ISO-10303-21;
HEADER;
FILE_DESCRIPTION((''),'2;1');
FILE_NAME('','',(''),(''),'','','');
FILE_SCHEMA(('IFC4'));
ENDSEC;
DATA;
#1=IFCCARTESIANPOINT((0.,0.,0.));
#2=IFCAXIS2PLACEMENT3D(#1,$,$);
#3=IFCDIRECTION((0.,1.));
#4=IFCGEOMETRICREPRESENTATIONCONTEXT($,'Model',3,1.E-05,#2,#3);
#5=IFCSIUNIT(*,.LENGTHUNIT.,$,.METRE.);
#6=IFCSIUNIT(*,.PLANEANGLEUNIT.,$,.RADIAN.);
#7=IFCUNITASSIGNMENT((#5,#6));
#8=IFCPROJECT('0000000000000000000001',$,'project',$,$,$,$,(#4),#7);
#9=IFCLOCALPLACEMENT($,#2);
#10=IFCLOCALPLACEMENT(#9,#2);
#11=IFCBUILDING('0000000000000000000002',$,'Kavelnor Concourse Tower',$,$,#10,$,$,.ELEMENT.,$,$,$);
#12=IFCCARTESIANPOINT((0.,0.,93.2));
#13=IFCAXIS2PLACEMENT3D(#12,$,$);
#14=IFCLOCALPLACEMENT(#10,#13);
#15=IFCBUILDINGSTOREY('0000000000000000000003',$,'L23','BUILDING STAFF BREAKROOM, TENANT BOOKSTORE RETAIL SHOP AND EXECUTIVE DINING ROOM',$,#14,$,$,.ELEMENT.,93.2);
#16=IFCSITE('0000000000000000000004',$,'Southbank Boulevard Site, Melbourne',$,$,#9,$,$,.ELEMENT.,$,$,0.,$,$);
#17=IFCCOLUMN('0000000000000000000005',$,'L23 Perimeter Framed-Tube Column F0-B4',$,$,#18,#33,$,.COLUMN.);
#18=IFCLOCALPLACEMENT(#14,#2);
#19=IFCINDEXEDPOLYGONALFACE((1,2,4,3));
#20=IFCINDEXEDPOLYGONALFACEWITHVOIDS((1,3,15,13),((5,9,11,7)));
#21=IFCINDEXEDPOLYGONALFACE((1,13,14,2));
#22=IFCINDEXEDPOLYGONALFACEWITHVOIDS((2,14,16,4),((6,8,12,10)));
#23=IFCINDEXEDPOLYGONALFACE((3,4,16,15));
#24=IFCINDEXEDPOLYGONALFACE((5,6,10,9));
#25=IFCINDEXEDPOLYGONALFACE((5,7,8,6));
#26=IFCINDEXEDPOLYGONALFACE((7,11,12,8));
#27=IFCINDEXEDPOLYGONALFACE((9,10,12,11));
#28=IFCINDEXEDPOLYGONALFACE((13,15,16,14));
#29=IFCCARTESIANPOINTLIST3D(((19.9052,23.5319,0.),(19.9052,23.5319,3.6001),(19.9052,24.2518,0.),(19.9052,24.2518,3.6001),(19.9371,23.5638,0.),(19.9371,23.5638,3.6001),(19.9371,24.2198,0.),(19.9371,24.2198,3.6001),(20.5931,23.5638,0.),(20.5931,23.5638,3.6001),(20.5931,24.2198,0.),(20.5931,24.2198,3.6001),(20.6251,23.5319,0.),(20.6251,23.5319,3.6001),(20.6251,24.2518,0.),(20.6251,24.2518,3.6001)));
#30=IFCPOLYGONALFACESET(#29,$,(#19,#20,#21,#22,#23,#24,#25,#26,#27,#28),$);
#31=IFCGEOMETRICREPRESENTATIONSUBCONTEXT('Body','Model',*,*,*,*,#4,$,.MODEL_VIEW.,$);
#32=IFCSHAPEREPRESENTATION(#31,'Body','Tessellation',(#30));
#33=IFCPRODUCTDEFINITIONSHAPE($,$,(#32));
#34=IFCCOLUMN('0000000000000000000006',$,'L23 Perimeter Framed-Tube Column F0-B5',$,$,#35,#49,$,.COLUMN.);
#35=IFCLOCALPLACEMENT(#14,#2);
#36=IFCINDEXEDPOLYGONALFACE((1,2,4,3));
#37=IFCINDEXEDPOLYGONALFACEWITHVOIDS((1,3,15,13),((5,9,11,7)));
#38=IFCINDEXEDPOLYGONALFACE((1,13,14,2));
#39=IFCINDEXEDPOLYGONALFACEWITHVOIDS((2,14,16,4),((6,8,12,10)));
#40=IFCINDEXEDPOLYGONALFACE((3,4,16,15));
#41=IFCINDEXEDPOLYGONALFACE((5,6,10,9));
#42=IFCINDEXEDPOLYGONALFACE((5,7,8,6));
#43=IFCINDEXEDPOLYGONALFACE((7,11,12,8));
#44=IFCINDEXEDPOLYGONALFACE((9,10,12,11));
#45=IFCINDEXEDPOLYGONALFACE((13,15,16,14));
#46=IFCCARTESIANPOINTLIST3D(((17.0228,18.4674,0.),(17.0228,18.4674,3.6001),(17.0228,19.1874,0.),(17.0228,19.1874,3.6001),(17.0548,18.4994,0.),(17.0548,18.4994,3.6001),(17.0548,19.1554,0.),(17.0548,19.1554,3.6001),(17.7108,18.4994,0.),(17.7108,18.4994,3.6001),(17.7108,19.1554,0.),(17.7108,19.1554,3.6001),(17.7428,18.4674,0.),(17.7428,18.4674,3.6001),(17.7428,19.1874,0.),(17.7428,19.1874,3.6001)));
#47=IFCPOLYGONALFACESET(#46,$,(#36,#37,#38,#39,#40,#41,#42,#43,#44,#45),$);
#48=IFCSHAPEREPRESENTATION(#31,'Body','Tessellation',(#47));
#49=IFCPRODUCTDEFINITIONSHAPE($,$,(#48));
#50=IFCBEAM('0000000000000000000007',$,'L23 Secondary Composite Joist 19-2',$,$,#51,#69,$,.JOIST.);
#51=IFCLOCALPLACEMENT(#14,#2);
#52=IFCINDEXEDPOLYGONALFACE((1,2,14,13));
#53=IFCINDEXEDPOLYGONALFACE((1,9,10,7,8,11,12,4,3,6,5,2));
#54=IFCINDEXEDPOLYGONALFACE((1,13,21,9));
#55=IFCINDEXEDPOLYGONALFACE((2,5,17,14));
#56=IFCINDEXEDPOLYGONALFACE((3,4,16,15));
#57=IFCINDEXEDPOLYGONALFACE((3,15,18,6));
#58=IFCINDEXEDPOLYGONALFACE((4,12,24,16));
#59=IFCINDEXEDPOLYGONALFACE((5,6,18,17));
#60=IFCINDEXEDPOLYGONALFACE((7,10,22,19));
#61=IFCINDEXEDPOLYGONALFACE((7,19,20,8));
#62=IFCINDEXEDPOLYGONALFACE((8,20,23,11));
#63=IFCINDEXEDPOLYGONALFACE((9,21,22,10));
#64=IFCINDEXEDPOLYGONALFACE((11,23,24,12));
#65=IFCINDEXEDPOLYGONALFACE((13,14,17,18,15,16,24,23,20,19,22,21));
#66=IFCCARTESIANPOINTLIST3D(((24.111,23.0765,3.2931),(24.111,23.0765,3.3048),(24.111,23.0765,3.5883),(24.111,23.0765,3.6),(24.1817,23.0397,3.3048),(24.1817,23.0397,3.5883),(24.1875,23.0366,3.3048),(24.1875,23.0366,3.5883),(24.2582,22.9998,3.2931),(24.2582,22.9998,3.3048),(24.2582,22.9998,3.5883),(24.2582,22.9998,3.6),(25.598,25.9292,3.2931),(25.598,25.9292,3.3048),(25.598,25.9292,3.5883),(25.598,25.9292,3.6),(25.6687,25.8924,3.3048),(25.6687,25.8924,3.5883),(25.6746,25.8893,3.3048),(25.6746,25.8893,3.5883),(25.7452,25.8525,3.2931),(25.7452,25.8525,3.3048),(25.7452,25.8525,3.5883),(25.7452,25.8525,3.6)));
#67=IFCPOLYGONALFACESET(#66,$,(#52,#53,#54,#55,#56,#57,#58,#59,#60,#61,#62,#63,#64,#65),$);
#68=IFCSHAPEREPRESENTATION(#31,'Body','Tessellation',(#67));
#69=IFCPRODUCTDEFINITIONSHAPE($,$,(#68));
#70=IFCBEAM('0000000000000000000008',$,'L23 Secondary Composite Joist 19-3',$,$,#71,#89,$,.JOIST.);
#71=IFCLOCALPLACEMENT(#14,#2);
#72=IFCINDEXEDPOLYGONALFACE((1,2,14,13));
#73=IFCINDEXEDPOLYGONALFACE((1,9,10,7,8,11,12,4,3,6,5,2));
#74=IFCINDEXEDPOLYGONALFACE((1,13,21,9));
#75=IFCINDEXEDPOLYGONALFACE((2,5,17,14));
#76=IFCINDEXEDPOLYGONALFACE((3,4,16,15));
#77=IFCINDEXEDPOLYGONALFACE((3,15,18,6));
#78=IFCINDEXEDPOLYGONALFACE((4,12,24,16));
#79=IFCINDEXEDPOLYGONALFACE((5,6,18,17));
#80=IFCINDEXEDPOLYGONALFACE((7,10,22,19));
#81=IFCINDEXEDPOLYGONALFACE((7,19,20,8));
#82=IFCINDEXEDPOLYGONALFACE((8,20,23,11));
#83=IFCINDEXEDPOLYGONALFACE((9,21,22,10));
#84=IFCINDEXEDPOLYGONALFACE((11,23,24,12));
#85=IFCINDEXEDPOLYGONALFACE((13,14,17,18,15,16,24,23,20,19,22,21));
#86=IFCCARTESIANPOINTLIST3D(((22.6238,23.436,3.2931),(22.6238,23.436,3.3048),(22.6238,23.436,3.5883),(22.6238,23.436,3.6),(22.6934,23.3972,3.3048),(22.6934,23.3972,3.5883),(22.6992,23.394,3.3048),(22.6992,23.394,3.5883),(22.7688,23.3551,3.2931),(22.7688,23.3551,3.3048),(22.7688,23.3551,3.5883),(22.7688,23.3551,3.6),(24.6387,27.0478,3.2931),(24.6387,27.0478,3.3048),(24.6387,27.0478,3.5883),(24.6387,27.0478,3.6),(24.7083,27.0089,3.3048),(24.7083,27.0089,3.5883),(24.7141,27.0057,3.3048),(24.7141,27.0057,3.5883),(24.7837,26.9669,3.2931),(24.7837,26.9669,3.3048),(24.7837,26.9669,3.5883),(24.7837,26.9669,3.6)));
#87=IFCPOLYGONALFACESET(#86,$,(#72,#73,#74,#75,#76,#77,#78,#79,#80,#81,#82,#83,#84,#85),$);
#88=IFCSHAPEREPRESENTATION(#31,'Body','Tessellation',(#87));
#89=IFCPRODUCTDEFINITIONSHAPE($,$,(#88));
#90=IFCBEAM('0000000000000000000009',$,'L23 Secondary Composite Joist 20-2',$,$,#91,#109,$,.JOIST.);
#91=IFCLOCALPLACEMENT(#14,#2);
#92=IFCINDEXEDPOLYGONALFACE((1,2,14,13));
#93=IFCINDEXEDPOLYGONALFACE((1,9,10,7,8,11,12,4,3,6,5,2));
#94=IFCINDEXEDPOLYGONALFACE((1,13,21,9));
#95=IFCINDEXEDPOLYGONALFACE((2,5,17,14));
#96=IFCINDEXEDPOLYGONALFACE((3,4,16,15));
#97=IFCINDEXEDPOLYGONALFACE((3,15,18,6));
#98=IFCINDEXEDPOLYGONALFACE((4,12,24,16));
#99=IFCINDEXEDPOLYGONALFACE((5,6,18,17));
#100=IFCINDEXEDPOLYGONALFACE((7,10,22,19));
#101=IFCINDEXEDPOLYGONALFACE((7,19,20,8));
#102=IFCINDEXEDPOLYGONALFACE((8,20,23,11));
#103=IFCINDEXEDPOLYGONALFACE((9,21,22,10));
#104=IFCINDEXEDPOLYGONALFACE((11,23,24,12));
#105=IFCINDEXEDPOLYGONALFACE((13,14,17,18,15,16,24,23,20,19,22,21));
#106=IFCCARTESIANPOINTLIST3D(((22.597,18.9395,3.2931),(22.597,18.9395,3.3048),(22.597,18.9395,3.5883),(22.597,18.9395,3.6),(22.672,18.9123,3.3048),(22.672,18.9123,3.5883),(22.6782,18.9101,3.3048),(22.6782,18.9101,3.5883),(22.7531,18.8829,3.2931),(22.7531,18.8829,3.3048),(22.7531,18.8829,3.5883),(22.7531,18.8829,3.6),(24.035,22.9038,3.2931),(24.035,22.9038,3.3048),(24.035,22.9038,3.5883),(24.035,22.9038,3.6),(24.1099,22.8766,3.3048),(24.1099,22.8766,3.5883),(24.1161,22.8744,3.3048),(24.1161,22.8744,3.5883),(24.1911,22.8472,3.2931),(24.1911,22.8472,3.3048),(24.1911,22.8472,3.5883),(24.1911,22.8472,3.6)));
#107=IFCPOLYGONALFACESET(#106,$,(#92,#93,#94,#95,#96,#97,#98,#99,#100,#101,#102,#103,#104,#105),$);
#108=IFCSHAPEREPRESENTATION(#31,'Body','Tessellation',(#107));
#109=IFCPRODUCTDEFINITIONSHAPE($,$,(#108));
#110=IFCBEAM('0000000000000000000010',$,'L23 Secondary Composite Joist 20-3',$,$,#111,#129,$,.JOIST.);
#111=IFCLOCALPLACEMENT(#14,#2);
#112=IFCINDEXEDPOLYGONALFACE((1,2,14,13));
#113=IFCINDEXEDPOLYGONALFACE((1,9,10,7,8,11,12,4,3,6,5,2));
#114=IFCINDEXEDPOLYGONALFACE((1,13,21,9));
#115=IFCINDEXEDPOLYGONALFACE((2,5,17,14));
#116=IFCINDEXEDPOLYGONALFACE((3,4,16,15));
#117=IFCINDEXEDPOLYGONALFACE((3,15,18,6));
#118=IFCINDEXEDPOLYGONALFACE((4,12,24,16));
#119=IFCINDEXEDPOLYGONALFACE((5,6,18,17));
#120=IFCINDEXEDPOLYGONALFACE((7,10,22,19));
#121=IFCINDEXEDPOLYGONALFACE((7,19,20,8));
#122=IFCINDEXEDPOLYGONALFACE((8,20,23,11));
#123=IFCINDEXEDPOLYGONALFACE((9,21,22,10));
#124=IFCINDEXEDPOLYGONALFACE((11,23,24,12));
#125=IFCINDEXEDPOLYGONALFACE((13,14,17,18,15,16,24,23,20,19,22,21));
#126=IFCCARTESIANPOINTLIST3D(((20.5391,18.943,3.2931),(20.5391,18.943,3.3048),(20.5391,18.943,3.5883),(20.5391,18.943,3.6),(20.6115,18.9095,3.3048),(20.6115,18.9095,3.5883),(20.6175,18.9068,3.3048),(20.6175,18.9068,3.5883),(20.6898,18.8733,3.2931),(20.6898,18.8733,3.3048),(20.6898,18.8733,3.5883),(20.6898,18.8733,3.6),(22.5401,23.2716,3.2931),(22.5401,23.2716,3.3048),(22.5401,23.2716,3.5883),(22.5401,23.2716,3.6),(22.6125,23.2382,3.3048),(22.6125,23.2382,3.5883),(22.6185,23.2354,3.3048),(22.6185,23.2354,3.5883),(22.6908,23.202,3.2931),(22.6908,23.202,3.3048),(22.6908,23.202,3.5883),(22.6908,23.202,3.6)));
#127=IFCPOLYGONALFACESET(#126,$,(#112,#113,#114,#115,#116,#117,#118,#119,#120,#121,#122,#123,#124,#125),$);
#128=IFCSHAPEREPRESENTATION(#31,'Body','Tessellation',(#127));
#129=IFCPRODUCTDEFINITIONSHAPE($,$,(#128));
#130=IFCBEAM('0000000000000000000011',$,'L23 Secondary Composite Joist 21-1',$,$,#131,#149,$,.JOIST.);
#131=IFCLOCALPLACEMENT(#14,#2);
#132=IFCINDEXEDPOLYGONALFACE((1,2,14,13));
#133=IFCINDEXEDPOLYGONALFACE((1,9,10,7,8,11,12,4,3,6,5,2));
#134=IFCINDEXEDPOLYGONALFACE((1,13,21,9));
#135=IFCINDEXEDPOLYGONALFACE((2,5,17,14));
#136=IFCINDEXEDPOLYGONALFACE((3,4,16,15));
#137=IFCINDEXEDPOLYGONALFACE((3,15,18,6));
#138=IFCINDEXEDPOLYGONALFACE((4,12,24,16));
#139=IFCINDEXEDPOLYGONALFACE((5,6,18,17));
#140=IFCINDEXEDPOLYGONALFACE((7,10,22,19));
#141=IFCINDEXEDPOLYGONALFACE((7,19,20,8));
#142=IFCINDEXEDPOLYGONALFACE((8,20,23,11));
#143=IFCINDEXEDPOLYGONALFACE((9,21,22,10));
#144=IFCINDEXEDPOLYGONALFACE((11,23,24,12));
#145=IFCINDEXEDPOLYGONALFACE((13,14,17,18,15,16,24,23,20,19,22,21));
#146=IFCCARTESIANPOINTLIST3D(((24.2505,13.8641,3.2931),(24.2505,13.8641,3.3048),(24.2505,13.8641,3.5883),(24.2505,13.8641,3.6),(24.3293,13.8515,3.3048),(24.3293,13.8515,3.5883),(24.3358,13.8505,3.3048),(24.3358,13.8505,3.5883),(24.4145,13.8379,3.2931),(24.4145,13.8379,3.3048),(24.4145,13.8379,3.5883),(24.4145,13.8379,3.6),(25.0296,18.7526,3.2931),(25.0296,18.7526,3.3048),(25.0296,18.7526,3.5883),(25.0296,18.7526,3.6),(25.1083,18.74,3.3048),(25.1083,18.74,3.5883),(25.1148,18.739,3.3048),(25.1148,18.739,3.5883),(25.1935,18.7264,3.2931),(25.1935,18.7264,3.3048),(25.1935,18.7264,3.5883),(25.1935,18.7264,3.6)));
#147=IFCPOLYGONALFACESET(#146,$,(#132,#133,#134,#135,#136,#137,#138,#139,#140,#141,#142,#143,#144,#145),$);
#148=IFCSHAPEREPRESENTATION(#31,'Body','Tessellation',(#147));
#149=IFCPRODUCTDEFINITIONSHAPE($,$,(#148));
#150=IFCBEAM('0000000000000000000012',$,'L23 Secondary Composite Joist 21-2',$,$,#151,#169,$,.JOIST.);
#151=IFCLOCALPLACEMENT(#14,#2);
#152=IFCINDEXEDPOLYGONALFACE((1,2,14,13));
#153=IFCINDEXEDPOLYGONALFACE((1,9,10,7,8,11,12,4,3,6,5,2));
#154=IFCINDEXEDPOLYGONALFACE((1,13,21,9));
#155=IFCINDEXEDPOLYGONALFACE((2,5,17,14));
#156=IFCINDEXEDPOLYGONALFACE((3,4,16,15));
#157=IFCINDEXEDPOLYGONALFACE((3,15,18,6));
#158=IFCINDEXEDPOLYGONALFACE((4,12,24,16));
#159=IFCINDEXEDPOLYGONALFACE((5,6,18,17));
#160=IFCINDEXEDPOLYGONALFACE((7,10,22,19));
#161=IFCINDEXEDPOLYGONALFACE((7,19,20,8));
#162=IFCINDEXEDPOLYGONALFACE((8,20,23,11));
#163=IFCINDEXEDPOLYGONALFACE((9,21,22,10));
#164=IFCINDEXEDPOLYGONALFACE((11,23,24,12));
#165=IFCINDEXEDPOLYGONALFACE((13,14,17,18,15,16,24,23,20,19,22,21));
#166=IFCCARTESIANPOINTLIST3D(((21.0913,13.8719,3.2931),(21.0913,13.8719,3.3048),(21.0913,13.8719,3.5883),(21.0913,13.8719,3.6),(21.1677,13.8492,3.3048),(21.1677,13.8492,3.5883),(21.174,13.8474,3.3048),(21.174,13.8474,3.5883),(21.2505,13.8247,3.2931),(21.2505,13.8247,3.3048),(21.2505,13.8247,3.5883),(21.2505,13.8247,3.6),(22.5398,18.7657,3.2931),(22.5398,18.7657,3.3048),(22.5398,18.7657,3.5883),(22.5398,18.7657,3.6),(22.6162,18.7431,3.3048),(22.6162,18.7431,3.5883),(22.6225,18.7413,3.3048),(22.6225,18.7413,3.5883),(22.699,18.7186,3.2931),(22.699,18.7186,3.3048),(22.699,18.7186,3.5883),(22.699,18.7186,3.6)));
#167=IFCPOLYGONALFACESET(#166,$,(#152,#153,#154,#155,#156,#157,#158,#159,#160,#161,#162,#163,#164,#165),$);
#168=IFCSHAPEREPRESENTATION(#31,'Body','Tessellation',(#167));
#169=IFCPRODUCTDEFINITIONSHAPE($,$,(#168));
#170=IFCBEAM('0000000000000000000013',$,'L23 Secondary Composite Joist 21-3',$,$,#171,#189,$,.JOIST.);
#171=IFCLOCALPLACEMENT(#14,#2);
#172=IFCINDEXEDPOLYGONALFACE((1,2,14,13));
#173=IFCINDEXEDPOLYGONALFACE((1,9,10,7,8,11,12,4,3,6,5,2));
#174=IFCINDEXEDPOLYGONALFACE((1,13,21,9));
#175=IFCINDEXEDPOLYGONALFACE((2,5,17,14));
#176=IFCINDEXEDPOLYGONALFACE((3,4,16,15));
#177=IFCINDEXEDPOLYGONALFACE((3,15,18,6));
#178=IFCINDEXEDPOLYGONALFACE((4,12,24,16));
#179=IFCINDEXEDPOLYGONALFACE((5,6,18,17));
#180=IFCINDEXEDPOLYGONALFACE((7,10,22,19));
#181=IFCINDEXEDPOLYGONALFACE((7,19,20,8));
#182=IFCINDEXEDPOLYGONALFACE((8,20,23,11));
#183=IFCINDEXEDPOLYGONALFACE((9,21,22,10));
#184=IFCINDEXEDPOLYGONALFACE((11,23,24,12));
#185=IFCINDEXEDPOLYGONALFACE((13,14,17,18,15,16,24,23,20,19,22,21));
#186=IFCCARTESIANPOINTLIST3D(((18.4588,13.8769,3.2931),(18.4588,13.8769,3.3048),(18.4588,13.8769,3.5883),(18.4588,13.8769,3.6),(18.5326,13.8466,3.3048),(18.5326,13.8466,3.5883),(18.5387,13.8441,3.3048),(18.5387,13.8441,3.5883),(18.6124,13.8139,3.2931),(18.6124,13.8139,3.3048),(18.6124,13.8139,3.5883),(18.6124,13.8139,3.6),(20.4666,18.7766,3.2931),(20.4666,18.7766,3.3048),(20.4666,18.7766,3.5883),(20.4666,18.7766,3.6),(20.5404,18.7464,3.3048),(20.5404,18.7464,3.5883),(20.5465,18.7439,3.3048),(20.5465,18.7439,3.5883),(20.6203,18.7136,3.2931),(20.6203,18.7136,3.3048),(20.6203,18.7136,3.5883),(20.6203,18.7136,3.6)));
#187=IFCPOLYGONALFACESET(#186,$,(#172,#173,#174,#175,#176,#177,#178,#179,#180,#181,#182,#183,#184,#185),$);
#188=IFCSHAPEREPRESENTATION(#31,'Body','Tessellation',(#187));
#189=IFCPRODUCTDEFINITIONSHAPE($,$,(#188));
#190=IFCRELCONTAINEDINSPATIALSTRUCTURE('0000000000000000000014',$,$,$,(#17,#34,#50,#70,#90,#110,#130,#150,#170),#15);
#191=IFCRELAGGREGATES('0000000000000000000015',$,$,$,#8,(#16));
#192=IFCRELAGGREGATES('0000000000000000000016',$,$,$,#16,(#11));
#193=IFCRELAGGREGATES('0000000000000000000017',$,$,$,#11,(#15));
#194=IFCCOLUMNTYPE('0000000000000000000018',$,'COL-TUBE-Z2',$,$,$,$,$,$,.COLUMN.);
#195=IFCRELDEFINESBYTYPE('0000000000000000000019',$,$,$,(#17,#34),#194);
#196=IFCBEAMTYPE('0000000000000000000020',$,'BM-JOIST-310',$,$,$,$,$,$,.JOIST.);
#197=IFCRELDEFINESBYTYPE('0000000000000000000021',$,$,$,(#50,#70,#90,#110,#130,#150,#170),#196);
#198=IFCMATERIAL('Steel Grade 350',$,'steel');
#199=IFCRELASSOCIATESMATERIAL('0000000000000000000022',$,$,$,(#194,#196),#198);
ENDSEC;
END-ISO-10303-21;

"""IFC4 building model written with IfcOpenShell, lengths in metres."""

from ifc_helpers import new_model, si_unit, direction, frame, origin, origin_2d, place, context, subcontext, project, spatial, hollow_rectangle, i_section, extrude, material, material_profile, profile_set, type_object, element, save


model = new_model("IFC4")

# Units and contexts
model_context = context("Model", 3, precision=1e-05, world=origin(), true_north=direction((0.0, 1.0)))
body_context = subcontext(model_context, "Body", "Model", "MODEL_VIEW")
ifc_project = project(units=[si_unit("LENGTHUNIT", "METRE"), si_unit("PLANEANGLEUNIT", "RADIAN")], contexts=[model_context])

# Site, building, storey
site_placement = place(None, origin())
site = spatial("IfcSite", under=ifc_project, at=site_placement, Name="Southbank Boulevard Site, Melbourne", CompositionType="ELEMENT", RefElevation=0.0)
building_placement = place(site_placement, origin())
building = spatial("IfcBuilding", under=site, at=building_placement, Name="Kavelnor Concourse Tower", CompositionType="ELEMENT")
storey_placement = place(building_placement, frame((0.0, 0.0, 93.2)))
storey = spatial("IfcBuildingStorey", under=building, at=storey_placement, Name="L23", Description="BUILDING STAFF BREAKROOM, TENANT BOOKSTORE RETAIL SHOP AND EXECUTIVE DINING ROOM", CompositionType="ELEMENT", Elevation=93.2)

# Columns
ifc_material_1 = material(Name="Steel Grade 350", Category="steel")
ifc_material_profile_1 = material_profile(ifc_material_1, hollow_rectangle(XDim=0.72, YDim=0.72, WallThickness=0.032, at=origin_2d()), Name="SHS 720x720x32")
ifc_profile_set_1 = profile_set([ifc_material_profile_1], Name="Steel Grade 350")
column_type = type_object("IfcColumnType", Name="COL-TUBE-Z2", PredefinedType="COLUMN", material=ifc_profile_set_1)
for number, where, z_axis, x_axis, name in (
    (1, (20.2651, 23.8918, 0.0), (0.0, 0.0, 1.0), (1.0, 0.0, 0.0), "L23 Perimeter Framed-Tube Column F0-B4"),
    (2, (17.3828, 18.8274, 0.0), (0.0, 0.0, 1.0), (1.0, 0.0, 0.0), "L23 Perimeter Framed-Tube Column F0-B5"),
):
    element("IfcColumn", number, at=place(storey_placement, frame(where, z_axis=z_axis, x_axis=x_axis)), inside=storey, type_object=column_type, Name=name, PredefinedType="COLUMN", context=body_context, shape_type="SweptSolid", body=[
        extrude(hollow_rectangle(XDim=0.72, YDim=0.72, WallThickness=0.032, at=origin_2d()), origin(), (0.0, 0.0, 1.0), 3.6001),
    ])

# Beams
ifc_material_profile_2 = material_profile(ifc_material_1, i_section(OverallWidth=0.166, OverallDepth=0.3069, WebThickness=0.0066, FlangeThickness=0.0117, at=origin_2d()), Name="310UB46")
ifc_profile_set_2 = profile_set([ifc_material_profile_2], Name="Steel Grade 350")
beam_type_1 = type_object("IfcBeamType", Name="BM-JOIST-310", PredefinedType="JOIST", material=ifc_profile_set_2)
beam_1_placement = place(storey_placement, frame((25.6716, 25.8909, 3.4465), z_axis=(-0.462237, -0.886757, 0.0), x_axis=(0.886757, -0.462237, 0.0)))
element("IfcBeam", 3, at=beam_1_placement, inside=storey, type_object=beam_type_1, Name="L23 Secondary Composite Joist 19-2", PredefinedType="JOIST", context=body_context, shape_type="SweptSolid", body=[
    extrude(i_section(OverallWidth=0.166, OverallDepth=0.3069, WebThickness=0.0066, FlangeThickness=0.0117, at=origin_2d()), origin(), (0.0, 0.0, 1.0), 3.217),
])
beam_2_placement = place(storey_placement, frame((24.7112, 27.0073, 3.4465), z_axis=(-0.487181, -0.873301, 0.0), x_axis=(0.873301, -0.487181, 0.0)))
element("IfcBeam", 4, at=beam_2_placement, inside=storey, type_object=beam_type_1, Name="L23 Secondary Composite Joist 19-3", PredefinedType="JOIST", context=body_context, shape_type="SweptSolid", body=[
    extrude(i_section(OverallWidth=0.166, OverallDepth=0.3069, WebThickness=0.0066, FlangeThickness=0.0117, at=origin_2d()), origin(), (0.0, 0.0, 1.0), 4.1357),
])
beam_3_placement = place(storey_placement, frame((24.113, 22.8755, 3.4465), z_axis=(-0.34099, -0.940067, 0.0), x_axis=(0.940067, -0.34099, 0.0)))
element("IfcBeam", 5, at=beam_3_placement, inside=storey, type_object=beam_type_1, Name="L23 Secondary Composite Joist 20-2", PredefinedType="JOIST", context=body_context, shape_type="SweptSolid", body=[
    extrude(i_section(OverallWidth=0.166, OverallDepth=0.3069, WebThickness=0.0066, FlangeThickness=0.0117, at=origin_2d()), origin(), (0.0, 0.0, 1.0), 4.217),
])
beam_4_placement = place(storey_placement, frame((22.6155, 23.2368, 3.4465), z_axis=(-0.419604, -0.907707, 0.0), x_axis=(0.907707, -0.419604, 0.0)))
element("IfcBeam", 6, at=beam_4_placement, inside=storey, type_object=beam_type_1, Name="L23 Secondary Composite Joist 20-3", PredefinedType="JOIST", context=body_context, shape_type="SweptSolid", body=[
    extrude(i_section(OverallWidth=0.166, OverallDepth=0.3069, WebThickness=0.0066, FlangeThickness=0.0117, at=origin_2d()), origin(), (0.0, 0.0, 1.0), 4.7688),
])
beam_5_placement = place(storey_placement, frame((25.1116, 18.7395, 3.4465), z_axis=(-0.157381, -0.987538, 0.0), x_axis=(0.987538, -0.157381, 0.0)))
element("IfcBeam", 7, at=beam_5_placement, inside=storey, type_object=beam_type_1, Name="L23 Secondary Composite Joist 21-1", PredefinedType="JOIST", context=body_context, shape_type="SweptSolid", body=[
    extrude(i_section(OverallWidth=0.166, OverallDepth=0.3069, WebThickness=0.0066, FlangeThickness=0.0117, at=origin_2d()), origin(), (0.0, 0.0, 1.0), 4.9502),
])
beam_6_placement = place(storey_placement, frame((22.6194, 18.7422, 3.4465), z_axis=(-0.283813, -0.95888, 0.0), x_axis=(0.95888, -0.283813, 0.0)))
element("IfcBeam", 8, at=beam_6_placement, inside=storey, type_object=beam_type_1, Name="L23 Secondary Composite Joist 21-2", PredefinedType="JOIST", context=body_context, shape_type="SweptSolid", body=[
    extrude(i_section(OverallWidth=0.166, OverallDepth=0.3069, WebThickness=0.0066, FlangeThickness=0.0117, at=origin_2d()), origin(), (0.0, 0.0, 1.0), 5.1038),
])
beam_7_placement = place(storey_placement, frame((20.5435, 18.7451, 3.4465), z_axis=(-0.379184, -0.925321, 0.0), x_axis=(0.925321, -0.379184, 0.0)))
element("IfcBeam", 9, at=beam_7_placement, inside=storey, type_object=beam_type_1, Name="L23 Secondary Composite Joist 21-3", PredefinedType="JOIST", context=body_context, shape_type="SweptSolid", body=[
    extrude(i_section(OverallWidth=0.166, OverallDepth=0.3069, WebThickness=0.0066, FlangeThickness=0.0117, at=origin_2d()), origin(), (0.0, 0.0, 1.0), 5.2952),
])

save(model, "model.ifc")
